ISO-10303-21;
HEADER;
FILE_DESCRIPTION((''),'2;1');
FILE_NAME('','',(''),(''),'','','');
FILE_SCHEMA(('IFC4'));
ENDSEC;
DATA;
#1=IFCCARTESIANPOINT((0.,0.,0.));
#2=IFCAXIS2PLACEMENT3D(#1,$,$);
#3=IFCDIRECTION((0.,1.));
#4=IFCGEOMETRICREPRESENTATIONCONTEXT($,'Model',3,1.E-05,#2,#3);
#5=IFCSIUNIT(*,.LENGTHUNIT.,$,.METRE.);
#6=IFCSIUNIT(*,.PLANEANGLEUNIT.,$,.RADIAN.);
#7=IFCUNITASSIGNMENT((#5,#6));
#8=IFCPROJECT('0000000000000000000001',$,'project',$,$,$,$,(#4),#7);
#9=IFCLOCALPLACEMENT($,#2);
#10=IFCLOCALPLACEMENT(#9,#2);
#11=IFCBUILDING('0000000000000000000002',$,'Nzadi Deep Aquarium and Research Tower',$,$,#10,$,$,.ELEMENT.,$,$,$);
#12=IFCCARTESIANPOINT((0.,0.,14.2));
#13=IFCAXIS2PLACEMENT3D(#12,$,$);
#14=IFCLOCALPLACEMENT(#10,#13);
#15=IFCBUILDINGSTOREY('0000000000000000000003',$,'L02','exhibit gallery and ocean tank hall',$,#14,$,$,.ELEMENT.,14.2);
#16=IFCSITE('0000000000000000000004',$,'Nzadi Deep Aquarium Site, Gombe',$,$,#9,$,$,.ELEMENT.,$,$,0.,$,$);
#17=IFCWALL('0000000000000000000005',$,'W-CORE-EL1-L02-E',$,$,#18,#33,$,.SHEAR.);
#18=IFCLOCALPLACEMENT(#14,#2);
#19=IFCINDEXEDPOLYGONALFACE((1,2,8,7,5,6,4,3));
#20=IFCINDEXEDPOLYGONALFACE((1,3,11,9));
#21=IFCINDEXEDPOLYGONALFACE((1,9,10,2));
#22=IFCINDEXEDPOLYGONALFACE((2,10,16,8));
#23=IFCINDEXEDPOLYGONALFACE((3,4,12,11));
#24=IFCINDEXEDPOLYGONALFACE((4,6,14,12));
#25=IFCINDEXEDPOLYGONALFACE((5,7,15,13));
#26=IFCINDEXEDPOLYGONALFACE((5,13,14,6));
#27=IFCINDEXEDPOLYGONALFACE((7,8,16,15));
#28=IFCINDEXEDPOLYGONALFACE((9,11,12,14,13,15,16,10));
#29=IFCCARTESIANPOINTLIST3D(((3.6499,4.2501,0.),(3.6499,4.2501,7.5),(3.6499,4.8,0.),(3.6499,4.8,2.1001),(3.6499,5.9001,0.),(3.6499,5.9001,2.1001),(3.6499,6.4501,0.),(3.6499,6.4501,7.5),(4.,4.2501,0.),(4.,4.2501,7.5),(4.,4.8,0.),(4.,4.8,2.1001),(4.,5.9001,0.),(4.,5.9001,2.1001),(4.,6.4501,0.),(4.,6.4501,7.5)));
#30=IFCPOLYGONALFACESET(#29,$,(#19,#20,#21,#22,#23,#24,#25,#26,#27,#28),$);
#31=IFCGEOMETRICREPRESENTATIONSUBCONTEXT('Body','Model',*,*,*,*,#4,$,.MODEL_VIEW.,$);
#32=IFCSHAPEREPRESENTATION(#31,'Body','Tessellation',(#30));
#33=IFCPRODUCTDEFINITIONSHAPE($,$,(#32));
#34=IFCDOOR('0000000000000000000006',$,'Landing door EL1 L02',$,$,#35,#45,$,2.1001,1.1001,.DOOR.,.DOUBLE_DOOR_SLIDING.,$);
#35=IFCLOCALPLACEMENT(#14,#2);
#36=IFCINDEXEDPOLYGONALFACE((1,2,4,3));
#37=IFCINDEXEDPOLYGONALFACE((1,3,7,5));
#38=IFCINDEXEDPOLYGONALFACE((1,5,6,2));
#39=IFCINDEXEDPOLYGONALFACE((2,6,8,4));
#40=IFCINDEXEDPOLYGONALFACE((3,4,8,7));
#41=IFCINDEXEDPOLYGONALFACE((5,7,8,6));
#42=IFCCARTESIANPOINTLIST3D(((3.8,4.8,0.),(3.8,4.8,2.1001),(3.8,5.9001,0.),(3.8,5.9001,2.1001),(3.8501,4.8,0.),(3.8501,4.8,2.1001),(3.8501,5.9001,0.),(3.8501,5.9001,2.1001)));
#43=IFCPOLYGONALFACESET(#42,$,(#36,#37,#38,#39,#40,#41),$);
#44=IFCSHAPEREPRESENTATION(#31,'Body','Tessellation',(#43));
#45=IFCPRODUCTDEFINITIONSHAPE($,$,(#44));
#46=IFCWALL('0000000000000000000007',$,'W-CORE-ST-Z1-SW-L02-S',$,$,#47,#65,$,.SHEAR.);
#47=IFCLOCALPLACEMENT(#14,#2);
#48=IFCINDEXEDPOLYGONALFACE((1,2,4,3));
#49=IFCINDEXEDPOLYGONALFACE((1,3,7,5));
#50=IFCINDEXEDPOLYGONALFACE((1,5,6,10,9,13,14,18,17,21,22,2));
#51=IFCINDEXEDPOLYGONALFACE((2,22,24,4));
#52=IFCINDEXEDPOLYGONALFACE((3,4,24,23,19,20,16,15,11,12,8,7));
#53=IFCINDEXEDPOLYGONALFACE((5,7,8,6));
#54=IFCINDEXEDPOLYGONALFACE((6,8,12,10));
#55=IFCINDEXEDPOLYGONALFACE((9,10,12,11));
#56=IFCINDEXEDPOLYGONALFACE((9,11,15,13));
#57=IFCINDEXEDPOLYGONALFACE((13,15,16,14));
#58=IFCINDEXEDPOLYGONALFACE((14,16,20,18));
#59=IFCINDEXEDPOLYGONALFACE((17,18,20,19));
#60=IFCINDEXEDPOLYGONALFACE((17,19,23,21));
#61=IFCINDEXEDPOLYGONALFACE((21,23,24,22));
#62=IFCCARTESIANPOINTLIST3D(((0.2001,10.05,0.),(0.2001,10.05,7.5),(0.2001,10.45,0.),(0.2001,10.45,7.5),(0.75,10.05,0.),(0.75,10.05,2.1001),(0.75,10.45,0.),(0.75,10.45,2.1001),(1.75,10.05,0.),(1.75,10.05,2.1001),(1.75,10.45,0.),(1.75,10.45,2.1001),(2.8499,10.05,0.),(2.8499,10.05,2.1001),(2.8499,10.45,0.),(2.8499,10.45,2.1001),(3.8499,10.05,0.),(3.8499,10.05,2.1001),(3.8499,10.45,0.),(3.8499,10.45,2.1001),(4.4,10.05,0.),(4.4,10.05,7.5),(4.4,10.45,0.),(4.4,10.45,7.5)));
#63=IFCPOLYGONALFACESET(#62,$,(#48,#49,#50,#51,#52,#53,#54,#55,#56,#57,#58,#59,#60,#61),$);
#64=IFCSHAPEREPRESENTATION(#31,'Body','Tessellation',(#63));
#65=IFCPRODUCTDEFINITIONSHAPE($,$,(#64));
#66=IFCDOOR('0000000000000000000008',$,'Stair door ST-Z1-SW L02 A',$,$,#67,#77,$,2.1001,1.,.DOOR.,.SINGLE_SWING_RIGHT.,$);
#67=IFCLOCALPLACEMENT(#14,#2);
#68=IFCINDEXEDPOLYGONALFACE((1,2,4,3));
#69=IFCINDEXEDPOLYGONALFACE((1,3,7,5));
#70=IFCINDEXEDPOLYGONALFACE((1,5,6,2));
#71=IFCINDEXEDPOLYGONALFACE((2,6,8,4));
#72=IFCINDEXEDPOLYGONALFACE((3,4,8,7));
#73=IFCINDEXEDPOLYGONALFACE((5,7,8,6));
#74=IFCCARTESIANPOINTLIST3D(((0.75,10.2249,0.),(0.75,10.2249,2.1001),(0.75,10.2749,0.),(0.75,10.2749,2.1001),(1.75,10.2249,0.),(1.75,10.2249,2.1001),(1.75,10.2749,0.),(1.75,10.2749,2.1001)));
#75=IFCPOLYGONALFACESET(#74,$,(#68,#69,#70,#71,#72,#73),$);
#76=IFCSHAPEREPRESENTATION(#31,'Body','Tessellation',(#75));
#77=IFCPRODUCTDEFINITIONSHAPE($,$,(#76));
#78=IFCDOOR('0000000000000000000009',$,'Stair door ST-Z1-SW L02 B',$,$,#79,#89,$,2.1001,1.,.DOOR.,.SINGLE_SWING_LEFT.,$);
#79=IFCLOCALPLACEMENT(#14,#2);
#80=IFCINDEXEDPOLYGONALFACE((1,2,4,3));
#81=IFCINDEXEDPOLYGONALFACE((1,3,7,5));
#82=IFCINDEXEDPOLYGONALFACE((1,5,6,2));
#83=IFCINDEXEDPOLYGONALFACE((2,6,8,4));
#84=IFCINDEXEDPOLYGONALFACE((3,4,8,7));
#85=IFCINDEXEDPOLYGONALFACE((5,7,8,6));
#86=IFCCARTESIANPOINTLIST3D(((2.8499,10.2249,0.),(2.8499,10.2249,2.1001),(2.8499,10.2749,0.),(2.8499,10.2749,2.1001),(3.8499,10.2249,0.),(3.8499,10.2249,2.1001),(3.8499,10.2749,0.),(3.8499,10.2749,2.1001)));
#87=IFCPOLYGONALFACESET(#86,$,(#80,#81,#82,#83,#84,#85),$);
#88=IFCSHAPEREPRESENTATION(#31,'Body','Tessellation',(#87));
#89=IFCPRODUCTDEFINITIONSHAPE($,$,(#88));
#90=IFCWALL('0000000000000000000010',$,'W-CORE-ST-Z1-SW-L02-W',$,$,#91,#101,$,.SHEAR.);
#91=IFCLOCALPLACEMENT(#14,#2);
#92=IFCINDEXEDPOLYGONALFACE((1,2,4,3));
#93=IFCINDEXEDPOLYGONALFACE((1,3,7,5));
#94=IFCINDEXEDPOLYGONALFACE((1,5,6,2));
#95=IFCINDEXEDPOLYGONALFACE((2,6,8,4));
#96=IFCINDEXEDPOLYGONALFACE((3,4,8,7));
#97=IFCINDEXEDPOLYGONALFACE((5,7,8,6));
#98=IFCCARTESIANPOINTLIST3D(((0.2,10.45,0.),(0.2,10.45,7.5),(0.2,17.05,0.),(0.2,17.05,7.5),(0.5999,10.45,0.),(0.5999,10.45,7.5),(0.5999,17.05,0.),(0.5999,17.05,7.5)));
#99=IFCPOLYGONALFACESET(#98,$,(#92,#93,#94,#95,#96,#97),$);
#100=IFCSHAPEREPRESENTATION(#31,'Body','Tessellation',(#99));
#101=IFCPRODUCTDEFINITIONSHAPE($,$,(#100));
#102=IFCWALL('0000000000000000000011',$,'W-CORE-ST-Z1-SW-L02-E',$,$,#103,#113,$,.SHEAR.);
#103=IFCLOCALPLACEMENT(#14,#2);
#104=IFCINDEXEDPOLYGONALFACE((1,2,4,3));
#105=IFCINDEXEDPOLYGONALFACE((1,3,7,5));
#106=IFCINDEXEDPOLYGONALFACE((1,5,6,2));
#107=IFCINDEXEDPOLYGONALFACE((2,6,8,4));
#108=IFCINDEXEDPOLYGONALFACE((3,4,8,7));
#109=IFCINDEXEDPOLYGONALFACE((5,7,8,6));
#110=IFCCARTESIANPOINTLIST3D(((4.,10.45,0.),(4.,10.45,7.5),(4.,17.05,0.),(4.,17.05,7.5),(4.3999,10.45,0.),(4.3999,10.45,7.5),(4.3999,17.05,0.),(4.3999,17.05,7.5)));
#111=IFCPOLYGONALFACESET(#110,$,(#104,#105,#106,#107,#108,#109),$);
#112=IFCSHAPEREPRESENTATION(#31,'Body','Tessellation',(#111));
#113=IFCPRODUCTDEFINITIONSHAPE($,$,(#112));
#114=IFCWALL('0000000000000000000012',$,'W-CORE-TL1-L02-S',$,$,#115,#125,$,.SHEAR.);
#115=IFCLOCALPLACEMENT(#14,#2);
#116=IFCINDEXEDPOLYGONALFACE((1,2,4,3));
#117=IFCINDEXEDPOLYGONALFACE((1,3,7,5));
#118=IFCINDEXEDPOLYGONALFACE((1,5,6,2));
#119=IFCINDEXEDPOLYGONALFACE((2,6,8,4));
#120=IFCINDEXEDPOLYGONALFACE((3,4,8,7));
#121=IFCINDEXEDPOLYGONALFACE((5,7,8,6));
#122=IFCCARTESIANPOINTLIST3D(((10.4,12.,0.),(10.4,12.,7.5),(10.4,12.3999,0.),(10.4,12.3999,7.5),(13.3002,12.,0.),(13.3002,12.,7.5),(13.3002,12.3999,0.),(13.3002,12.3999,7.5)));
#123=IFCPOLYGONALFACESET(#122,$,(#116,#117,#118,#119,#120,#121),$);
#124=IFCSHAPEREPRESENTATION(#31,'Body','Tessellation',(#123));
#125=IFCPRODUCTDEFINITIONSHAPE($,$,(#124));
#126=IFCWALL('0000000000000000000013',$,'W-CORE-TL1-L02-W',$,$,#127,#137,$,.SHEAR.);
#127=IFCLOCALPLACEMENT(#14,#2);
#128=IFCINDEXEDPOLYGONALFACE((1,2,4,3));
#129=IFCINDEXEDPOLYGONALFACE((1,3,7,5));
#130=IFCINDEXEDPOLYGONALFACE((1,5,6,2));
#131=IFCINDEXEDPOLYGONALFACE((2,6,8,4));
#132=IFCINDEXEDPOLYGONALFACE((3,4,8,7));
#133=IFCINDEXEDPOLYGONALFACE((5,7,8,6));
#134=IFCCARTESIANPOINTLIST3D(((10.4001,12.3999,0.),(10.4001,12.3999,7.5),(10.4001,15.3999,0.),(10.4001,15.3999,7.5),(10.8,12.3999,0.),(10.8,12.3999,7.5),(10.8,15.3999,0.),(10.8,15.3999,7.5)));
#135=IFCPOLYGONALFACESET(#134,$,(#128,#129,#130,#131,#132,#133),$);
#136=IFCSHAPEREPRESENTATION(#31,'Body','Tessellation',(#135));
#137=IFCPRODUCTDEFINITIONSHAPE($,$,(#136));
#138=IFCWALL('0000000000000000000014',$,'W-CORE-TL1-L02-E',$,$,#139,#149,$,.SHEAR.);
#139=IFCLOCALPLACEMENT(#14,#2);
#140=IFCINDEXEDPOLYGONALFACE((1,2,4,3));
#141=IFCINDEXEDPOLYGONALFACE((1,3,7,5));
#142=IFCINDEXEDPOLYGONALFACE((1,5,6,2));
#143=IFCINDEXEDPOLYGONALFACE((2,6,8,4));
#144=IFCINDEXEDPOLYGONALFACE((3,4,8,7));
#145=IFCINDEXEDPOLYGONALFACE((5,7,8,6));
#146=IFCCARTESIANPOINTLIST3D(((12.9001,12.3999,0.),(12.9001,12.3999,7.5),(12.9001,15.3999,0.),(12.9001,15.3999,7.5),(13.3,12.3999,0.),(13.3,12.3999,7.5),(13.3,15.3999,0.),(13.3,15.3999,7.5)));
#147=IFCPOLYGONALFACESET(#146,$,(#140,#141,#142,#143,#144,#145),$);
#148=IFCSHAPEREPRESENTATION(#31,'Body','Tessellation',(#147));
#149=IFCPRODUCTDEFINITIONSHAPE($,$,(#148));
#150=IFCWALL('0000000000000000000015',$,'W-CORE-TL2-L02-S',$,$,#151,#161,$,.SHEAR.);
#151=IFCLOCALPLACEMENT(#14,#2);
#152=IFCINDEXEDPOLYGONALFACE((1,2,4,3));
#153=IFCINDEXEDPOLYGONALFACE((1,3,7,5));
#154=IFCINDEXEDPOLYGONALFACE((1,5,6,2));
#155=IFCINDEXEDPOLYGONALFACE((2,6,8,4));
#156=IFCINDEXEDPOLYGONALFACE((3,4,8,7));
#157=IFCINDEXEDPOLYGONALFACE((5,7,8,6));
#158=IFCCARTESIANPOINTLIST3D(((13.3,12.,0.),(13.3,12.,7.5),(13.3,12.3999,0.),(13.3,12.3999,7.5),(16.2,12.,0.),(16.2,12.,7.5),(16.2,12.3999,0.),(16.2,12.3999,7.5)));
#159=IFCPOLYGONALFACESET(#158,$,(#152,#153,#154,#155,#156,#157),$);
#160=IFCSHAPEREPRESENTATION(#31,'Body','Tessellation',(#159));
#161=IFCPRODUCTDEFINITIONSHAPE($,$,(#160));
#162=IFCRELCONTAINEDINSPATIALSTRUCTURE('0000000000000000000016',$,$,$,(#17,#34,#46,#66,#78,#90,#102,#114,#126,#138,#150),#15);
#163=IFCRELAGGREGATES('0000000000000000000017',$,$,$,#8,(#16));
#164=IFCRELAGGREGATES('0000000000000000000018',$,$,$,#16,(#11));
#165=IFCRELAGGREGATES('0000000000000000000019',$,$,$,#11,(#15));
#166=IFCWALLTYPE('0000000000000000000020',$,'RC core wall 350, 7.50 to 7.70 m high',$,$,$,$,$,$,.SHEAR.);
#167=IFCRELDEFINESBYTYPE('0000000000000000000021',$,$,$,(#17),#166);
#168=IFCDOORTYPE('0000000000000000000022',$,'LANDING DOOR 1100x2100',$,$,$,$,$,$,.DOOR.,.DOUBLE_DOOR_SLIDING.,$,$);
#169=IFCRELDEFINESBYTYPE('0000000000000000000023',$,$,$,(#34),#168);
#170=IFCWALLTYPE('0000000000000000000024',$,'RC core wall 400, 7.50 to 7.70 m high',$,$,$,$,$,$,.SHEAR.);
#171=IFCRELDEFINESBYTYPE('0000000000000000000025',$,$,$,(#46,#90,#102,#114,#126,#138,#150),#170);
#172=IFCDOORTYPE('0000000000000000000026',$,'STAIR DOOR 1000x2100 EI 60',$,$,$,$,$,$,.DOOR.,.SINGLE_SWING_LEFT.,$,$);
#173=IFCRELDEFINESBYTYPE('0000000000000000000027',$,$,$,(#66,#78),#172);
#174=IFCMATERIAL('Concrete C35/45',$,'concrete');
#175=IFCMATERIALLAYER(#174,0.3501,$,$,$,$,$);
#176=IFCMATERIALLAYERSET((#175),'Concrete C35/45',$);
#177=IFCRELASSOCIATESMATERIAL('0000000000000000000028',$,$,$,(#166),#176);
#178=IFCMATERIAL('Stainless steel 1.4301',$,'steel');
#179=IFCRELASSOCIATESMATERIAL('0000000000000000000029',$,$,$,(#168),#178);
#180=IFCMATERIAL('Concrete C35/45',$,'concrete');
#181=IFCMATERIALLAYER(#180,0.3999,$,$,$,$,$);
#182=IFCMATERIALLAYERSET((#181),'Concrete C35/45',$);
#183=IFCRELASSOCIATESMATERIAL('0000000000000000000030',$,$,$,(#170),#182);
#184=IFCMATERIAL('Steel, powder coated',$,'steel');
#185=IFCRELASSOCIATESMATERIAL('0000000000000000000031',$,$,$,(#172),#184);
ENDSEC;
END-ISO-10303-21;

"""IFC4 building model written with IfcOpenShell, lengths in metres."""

from ifc_helpers import new_model, si_unit, direction, frame, frame_2d, origin, place, context, subcontext, project, spatial, rectangle, extrude, material, layer, layer_set, type_object, element, fill, save


model = new_model("IFC4")

# Units and contexts
model_context = context("Model", 3, precision=1e-05, world=origin(), true_north=direction((0.0, 1.0)))
body_context = subcontext(model_context, "Body", "Model", "MODEL_VIEW")
ifc_project = project(units=[si_unit("LENGTHUNIT", "METRE"), si_unit("PLANEANGLEUNIT", "RADIAN")], contexts=[model_context])

# Site, building, storey
site_placement = place(None, origin())
site = spatial("IfcSite", under=ifc_project, at=site_placement, Name="Nzadi Deep Aquarium Site, Gombe", CompositionType="ELEMENT", RefElevation=0.0)
building_placement = place(site_placement, origin())
building = spatial("IfcBuilding", under=site, at=building_placement, Name="Nzadi Deep Aquarium and Research Tower", CompositionType="ELEMENT")
storey_placement = place(building_placement, frame((0.0, 0.0, 14.2)))
storey = spatial("IfcBuildingStorey", under=building, at=storey_placement, Name="L02", Description="exhibit gallery and ocean tank hall", CompositionType="ELEMENT", Elevation=14.2)

# Shared definitions
ifc_material_1 = material(Name="Concrete C35/45", Category="concrete")
ifc_layer_1 = layer(ifc_material_1, 0.3501)
ifc_layer_set_1 = layer_set([ifc_layer_1], Name="Concrete C35/45")
wall_type_1 = type_object("IfcWallType", Name="RC core wall 350, 7.50 to 7.70 m high", PredefinedType="SHEAR", material=ifc_layer_set_1)

# Wall, opening, door
wall_1_placement = place(storey_placement, frame((3.825, 4.25, 0.0), z_axis=(0.0, 0.0, 1.0), x_axis=(0.0, 1.0, 0.0)))
wall_1 = element("IfcWall", 1, at=wall_1_placement, inside=storey, type_object=wall_type_1, Name="W-CORE-EL1-L02-E", PredefinedType="SHEAR", context=body_context, shape_type="SweptSolid", body=[
    extrude(rectangle(XDim=2.2, YDim=0.3501, at=frame_2d((1.1001, 0.0))), origin(), (0.0, 0.0, 1.0), 7.5),
])
opening_1_placement = place(wall_1_placement, frame((0.55, 0.0, 0.0)))
opening_1 = element("IfcOpeningElement", 2, at=opening_1_placement, cuts=wall_1, PredefinedType="OPENING", context=body_context, shape_type="SweptSolid", body=[
    extrude(rectangle(XDim=1.1001, YDim=2.1001, at=frame_2d((0.55, 1.05))), frame((0.0, 0.1851, 0.0), z_axis=(0.0, -1.0, 0.0), x_axis=(1.0, 0.0, 0.0)), (0.0, 0.0, 1.0), 0.3701),
])
ifc_material_2 = material(Name="Stainless steel 1.4301", Category="steel")
door_type_1 = type_object("IfcDoorType", Name="LANDING DOOR 1100x2100", OperationType="DOUBLE_DOOR_SLIDING", PredefinedType="DOOR", material=ifc_material_2)
door_1_placement = place(opening_1_placement, origin())
door_1 = element("IfcDoor", 3, at=door_1_placement, inside=storey, type_object=door_type_1, Name="Landing door EL1 L02", OperationType="DOUBLE_DOOR_SLIDING", OverallHeight=2.1001, OverallWidth=1.1001, PredefinedType="DOOR", context=body_context, shape_type="SweptSolid", body=[
    extrude(rectangle(XDim=1.1001, YDim=2.1001, at=frame_2d((0.55, 1.05))), frame((0.0, 0.0249, 0.0), z_axis=(0.0, -1.0, 0.0), x_axis=(1.0, 0.0, 0.0)), (0.0, 0.0, 1.0), 0.05),
])
fill(opening_1, door_1)

# Wall, openings, doors
ifc_material_3 = material(Name="Concrete C35/45", Category="concrete")
ifc_layer_2 = layer(ifc_material_3, 0.3999)
ifc_layer_set_2 = layer_set([ifc_layer_2], Name="Concrete C35/45")
wall_type_2 = type_object("IfcWallType", Name="RC core wall 400, 7.50 to 7.70 m high", PredefinedType="SHEAR", material=ifc_layer_set_2)
wall_2_placement = place(storey_placement, frame((0.2, 10.25, 0.0), z_axis=(0.0, 0.0, 1.0), x_axis=(1.0, 0.0, 0.0)))
wall_2 = element("IfcWall", 4, at=wall_2_placement, inside=storey, type_object=wall_type_2, Name="W-CORE-ST-Z1-SW-L02-S", PredefinedType="SHEAR", context=body_context, shape_type="SweptSolid", body=[
    extrude(rectangle(XDim=4.2, YDim=0.3999, at=frame_2d((2.1001, 0.0))), origin(), (0.0, 0.0, 1.0), 7.5),
])
opening_2_placement = place(wall_2_placement, frame((0.55, 0.0, 0.0)))
opening_2 = element("IfcOpeningElement", 5, at=opening_2_placement, cuts=wall_2, PredefinedType="OPENING", context=body_context, shape_type="SweptSolid", body=[
    extrude(rectangle(XDim=1.0, YDim=2.1001, at=frame_2d((0.5, 1.05))), frame((0.0, 0.21, 0.0), z_axis=(0.0, -1.0, 0.0), x_axis=(1.0, 0.0, 0.0)), (0.0, 0.0, 1.0), 0.4199),
])
opening_3_placement = place(wall_2_placement, frame((2.6499, 0.0, 0.0)))
opening_3 = element("IfcOpeningElement", 6, at=opening_3_placement, cuts=wall_2, PredefinedType="OPENING", context=body_context, shape_type="SweptSolid", body=[
    extrude(rectangle(XDim=1.0, YDim=2.1001, at=frame_2d((0.5, 1.05))), frame((0.0, 0.21, 0.0), z_axis=(0.0, -1.0, 0.0), x_axis=(1.0, 0.0, 0.0)), (0.0, 0.0, 1.0), 0.4199),
])
ifc_material_4 = material(Name="Steel, powder coated", Category="steel")
door_type_2 = type_object("IfcDoorType", Name="STAIR DOOR 1000x2100 EI 60", OperationType="SINGLE_SWING_LEFT", PredefinedType="DOOR", material=ifc_material_4)
door_2_placement = place(opening_2_placement, origin())
door_2 = element("IfcDoor", 7, at=door_2_placement, inside=storey, type_object=door_type_2, Name="Stair door ST-Z1-SW L02 A", OperationType="SINGLE_SWING_RIGHT", OverallHeight=2.1001, OverallWidth=1.0, PredefinedType="DOOR", context=body_context, shape_type="SweptSolid", body=[
    extrude(rectangle(XDim=1.0, YDim=2.1001, at=frame_2d((0.5, 1.05))), frame((0.0, 0.0249, 0.0), z_axis=(0.0, -1.0, 0.0), x_axis=(1.0, 0.0, 0.0)), (0.0, 0.0, 1.0), 0.05),
])
fill(opening_2, door_2)
door_3_placement = place(opening_3_placement, origin())
door_3 = element("IfcDoor", 8, at=door_3_placement, inside=storey, type_object=door_type_2, Name="Stair door ST-Z1-SW L02 B", OperationType="SINGLE_SWING_LEFT", OverallHeight=2.1001, OverallWidth=1.0, PredefinedType="DOOR", context=body_context, shape_type="SweptSolid", body=[
    extrude(rectangle(XDim=1.0, YDim=2.1001, at=frame_2d((0.5, 1.05))), frame((0.0, 0.0249, 0.0), z_axis=(0.0, -1.0, 0.0), x_axis=(1.0, 0.0, 0.0)), (0.0, 0.0, 1.0), 0.05),
])
fill(opening_3, door_3)

# Walls
for number, where, z_axis, x_axis, name in (
    (9, (0.3999, 10.45, 0.0), (0.0, 0.0, 1.0), (0.0, 1.0, 0.0), "W-CORE-ST-Z1-SW-L02-W"),
    (10, (4.2, 10.45, 0.0), (0.0, 0.0, 1.0), (0.0, 1.0, 0.0), "W-CORE-ST-Z1-SW-L02-E"),
):
    element("IfcWall", number, at=place(storey_placement, frame(where, z_axis=z_axis, x_axis=x_axis)), inside=storey, type_object=wall_type_2, Name=name, PredefinedType="SHEAR", context=body_context, shape_type="SweptSolid", body=[
        extrude(rectangle(XDim=6.6001, YDim=0.3999, at=frame_2d((3.3, 0.0))), origin(), (0.0, 0.0, 1.0), 7.5),
    ])
wall_3_placement = place(storey_placement, frame((10.3999, 12.2, 0.0), z_axis=(0.0, 0.0, 1.0), x_axis=(1.0, 0.0, 0.0)))
element("IfcWall", 11, at=wall_3_placement, inside=storey, type_object=wall_type_2, Name="W-CORE-TL1-L02-S", PredefinedType="SHEAR", context=body_context, shape_type="SweptSolid", body=[
    extrude(rectangle(XDim=2.9001, YDim=0.3999, at=frame_2d((1.4502, 0.0))), origin(), (0.0, 0.0, 1.0), 7.5),
])
for number, where, z_axis, x_axis, name in (
    (12, (10.6001, 12.3999, 0.0), (0.0, 0.0, 1.0), (0.0, 1.0, 0.0), "W-CORE-TL1-L02-W"),
    (13, (13.1001, 12.3999, 0.0), (0.0, 0.0, 1.0), (0.0, 1.0, 0.0), "W-CORE-TL1-L02-E"),
):
    element("IfcWall", number, at=place(storey_placement, frame(where, z_axis=z_axis, x_axis=x_axis)), inside=storey, type_object=wall_type_2, Name=name, PredefinedType="SHEAR", context=body_context, shape_type="SweptSolid", body=[
        extrude(rectangle(XDim=3.0, YDim=0.3999, at=frame_2d((1.5, 0.0))), origin(), (0.0, 0.0, 1.0), 7.5),
    ])
wall_4_placement = place(storey_placement, frame((13.3, 12.2, 0.0), z_axis=(0.0, 0.0, 1.0), x_axis=(1.0, 0.0, 0.0)))
element("IfcWall", 14, at=wall_4_placement, inside=storey, type_object=wall_type_2, Name="W-CORE-TL2-L02-S", PredefinedType="SHEAR", context=body_context, shape_type="SweptSolid", body=[
    extrude(rectangle(XDim=2.8999, YDim=0.3999, at=frame_2d((1.45, 0.0))), origin(), (0.0, 0.0, 1.0), 7.5),
])

save(model, "model.ifc")
